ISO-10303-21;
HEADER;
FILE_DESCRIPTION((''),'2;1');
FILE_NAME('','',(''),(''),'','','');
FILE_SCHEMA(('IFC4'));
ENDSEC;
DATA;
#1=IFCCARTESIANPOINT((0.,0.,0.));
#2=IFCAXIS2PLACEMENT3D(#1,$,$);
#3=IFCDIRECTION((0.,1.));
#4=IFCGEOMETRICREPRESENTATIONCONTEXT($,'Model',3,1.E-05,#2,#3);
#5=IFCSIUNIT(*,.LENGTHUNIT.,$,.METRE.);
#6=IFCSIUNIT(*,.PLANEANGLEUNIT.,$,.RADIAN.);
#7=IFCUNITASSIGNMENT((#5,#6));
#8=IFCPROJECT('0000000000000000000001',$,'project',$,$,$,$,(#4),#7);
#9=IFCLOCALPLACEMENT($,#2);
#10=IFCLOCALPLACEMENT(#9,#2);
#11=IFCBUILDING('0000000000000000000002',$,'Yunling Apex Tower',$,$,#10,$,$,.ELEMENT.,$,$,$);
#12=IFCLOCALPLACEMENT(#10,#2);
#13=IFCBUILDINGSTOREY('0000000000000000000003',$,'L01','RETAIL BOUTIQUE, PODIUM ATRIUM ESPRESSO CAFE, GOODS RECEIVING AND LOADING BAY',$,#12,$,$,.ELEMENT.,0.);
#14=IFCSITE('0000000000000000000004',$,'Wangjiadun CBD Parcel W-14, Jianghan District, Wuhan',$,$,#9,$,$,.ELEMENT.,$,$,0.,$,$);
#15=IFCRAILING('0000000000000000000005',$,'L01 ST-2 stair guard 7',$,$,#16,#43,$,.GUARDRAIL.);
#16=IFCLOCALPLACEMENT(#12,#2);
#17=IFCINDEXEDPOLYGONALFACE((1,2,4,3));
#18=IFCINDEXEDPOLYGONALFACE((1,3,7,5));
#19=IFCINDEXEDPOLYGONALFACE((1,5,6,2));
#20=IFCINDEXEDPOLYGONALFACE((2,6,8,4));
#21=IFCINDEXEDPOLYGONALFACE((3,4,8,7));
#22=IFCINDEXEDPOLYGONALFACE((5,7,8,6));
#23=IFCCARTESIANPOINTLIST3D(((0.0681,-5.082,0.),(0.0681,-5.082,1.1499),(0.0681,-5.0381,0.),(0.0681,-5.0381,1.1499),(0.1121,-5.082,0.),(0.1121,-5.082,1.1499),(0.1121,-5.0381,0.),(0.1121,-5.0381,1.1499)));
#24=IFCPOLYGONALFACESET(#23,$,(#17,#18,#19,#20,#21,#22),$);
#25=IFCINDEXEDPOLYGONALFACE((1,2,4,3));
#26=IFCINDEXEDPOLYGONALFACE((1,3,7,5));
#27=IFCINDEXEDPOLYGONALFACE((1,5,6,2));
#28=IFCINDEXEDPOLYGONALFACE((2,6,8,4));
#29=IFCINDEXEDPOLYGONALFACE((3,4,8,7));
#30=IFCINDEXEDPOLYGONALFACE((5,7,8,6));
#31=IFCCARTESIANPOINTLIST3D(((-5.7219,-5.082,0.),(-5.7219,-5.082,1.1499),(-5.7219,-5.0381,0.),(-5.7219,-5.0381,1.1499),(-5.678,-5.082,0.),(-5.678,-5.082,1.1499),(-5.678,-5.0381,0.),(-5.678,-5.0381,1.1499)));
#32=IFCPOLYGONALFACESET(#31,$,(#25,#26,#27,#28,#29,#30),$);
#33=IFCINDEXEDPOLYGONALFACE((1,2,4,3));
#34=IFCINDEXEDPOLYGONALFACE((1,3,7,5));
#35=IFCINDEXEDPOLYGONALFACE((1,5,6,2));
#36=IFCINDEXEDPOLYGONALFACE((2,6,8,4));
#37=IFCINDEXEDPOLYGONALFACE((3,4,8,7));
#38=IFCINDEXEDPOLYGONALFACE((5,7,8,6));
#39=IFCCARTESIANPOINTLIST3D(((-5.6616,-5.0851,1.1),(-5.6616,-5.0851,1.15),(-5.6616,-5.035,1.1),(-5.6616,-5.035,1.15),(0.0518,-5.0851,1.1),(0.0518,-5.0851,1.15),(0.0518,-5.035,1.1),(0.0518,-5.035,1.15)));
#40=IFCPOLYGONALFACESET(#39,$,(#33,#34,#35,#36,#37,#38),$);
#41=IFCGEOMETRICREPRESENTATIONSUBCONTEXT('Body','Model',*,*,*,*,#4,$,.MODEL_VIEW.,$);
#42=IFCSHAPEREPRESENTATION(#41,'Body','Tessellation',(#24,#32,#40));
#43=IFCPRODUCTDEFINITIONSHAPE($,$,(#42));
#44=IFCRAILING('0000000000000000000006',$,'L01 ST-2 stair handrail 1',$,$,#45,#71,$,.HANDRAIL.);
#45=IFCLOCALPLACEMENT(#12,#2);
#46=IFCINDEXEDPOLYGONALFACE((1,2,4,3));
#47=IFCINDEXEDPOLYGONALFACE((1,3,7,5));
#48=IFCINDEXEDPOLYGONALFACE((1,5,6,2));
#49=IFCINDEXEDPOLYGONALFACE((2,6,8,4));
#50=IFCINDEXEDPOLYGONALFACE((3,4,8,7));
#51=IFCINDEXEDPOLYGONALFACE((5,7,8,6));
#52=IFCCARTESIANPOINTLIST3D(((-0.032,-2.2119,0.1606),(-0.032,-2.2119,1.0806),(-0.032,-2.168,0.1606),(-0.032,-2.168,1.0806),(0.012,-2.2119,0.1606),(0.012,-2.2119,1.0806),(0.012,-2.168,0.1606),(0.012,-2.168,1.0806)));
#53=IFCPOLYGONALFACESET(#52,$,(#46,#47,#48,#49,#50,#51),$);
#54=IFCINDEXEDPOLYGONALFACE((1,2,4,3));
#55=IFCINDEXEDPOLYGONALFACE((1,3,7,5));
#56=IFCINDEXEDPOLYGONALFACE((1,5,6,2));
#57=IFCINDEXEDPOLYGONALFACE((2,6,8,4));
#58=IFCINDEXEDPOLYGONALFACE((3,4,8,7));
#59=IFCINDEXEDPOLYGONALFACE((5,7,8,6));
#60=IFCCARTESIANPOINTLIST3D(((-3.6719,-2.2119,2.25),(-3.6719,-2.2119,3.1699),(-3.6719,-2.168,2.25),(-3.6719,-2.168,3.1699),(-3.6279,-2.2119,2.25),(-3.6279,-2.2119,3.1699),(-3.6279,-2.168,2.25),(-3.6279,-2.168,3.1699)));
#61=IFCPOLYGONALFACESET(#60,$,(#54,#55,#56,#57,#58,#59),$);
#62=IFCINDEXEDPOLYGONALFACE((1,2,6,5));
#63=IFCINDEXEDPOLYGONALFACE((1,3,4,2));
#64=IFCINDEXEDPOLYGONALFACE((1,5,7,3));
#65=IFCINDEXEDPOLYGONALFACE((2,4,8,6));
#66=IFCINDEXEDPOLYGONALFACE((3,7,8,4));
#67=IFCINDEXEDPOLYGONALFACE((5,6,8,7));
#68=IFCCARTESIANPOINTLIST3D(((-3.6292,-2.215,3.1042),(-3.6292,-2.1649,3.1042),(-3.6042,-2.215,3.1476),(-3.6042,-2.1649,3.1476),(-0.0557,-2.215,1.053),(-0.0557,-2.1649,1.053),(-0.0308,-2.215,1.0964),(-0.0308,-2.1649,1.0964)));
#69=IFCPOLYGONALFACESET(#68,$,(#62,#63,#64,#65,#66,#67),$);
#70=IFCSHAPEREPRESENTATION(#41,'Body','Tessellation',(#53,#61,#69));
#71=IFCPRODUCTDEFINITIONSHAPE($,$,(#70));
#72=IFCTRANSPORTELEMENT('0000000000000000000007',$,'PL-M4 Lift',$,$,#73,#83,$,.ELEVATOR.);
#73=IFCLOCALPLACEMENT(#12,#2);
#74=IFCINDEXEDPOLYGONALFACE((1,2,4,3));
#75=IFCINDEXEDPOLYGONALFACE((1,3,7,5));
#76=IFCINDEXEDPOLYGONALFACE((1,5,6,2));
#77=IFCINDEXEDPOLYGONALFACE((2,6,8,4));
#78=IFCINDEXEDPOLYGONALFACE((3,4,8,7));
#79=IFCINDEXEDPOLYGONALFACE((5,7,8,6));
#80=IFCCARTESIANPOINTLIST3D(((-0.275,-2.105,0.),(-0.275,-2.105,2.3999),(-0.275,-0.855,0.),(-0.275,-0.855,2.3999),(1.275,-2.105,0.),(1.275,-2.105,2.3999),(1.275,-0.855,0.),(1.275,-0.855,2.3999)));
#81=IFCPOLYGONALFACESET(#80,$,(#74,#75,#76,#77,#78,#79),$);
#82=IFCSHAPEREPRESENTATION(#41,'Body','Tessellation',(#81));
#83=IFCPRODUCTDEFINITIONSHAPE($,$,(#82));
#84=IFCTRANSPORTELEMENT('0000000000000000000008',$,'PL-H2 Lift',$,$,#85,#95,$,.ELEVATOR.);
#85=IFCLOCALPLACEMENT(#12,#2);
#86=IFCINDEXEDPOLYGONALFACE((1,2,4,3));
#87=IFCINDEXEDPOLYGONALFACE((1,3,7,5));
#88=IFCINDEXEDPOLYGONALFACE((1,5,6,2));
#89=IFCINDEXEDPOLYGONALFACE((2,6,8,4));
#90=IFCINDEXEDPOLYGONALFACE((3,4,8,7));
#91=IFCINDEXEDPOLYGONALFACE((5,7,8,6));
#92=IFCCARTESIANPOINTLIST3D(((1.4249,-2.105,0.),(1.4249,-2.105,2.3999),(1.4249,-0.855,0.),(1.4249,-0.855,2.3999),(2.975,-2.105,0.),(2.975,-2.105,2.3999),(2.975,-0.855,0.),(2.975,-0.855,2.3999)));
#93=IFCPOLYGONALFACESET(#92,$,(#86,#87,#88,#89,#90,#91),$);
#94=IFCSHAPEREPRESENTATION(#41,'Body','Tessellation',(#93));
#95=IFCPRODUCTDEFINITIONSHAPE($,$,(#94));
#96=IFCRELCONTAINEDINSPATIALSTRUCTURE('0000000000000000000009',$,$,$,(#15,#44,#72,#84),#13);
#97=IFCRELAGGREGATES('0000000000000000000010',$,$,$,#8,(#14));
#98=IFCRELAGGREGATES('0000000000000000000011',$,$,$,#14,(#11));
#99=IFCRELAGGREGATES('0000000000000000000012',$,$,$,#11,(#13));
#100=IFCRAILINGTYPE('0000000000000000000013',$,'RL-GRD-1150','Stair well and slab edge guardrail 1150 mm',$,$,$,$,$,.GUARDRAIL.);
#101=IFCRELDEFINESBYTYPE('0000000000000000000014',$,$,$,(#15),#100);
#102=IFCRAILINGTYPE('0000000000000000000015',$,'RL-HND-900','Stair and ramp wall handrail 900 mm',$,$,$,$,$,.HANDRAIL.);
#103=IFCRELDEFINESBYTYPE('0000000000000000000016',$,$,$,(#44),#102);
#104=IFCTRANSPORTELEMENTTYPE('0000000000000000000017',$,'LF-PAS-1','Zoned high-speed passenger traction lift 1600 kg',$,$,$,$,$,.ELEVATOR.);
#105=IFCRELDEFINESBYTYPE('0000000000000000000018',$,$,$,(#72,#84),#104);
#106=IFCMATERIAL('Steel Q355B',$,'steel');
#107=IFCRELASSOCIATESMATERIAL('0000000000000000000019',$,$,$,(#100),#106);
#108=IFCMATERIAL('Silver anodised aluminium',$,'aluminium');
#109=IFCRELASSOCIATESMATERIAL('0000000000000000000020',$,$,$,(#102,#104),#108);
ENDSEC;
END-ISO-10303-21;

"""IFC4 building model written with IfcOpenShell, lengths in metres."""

from ifc_helpers import new_model, si_unit, direction, frame, origin, origin_2d, place, context, subcontext, project, spatial, rectangle, extrude, source, transform, mapped, material, type_object, element, save


model = new_model("IFC4")

# Units and contexts
model_context = context("Model", 3, precision=1e-05, world=origin(), true_north=direction((0.0, 1.0)))
body_context = subcontext(model_context, "Body", "Model", "MODEL_VIEW")
ifc_project = project(units=[si_unit("LENGTHUNIT", "METRE"), si_unit("PLANEANGLEUNIT", "RADIAN")], contexts=[model_context])

# Site, building, storey
site_placement = place(None, origin())
site = spatial("IfcSite", under=ifc_project, at=site_placement, Name="Wangjiadun CBD Parcel W-14, Jianghan District, Wuhan", CompositionType="ELEMENT", RefElevation=0.0)
building_placement = place(site_placement, origin())
building = spatial("IfcBuilding", under=site, at=building_placement, Name="Yunling Apex Tower", CompositionType="ELEMENT")
storey_placement = place(building_placement, origin())
storey = spatial("IfcBuildingStorey", under=building, at=storey_placement, Name="L01", Description="RETAIL BOUTIQUE, PODIUM ATRIUM ESPRESSO CAFE, GOODS RECEIVING AND LOADING BAY", CompositionType="ELEMENT", Elevation=0.0)

# Shared definitions
ifc_material_1 = material(Name="Steel Q355B", Category="steel")

# Railings
railing_type_1 = type_object("IfcRailingType", Name="RL-GRD-1150", Description="Stair well and slab edge guardrail 1150 mm", PredefinedType="GUARDRAIL", material=ifc_material_1)
railing_1_placement = place(storey_placement, frame((0.0901, -5.0601, 0.0)))
element("IfcRailing", 1, at=railing_1_placement, inside=storey, type_object=railing_type_1, Name="L01 ST-2 stair guard 7", PredefinedType="GUARDRAIL", context=body_context, shape_type="SweptSolid", body=[
    extrude(rectangle(XDim=0.0439, YDim=0.0439, at=origin_2d()), origin(), (0.0, 0.0, 1.0), 1.1499),
    extrude(rectangle(XDim=0.0439, YDim=0.0439, at=origin_2d()), frame((-5.79, 0.0, 0.0)), (0.0, 0.0, 1.0), 1.1499),
    extrude(rectangle(XDim=0.05, YDim=0.05, at=origin_2d()), frame((-0.0383, 0.0, 1.125), z_axis=(-1.0, 0.0, 0.0), x_axis=(0.0, -1.0, 0.0)), (0.0, 0.0, 1.0), 5.7134),
])
ifc_material_2 = material(Name="Silver anodised aluminium", Category="aluminium")
railing_type_2 = type_object("IfcRailingType", Name="RL-HND-900", Description="Stair and ramp wall handrail 900 mm", PredefinedType="HANDRAIL", material=ifc_material_2)
railing_2_placement = place(storey_placement, frame((-0.01, -2.1899, 0.1606)))
element("IfcRailing", 2, at=railing_2_placement, inside=storey, type_object=railing_type_2, Name="L01 ST-2 stair handrail 1", PredefinedType="HANDRAIL", context=body_context, shape_type="SweptSolid", body=[
    extrude(rectangle(XDim=0.0439, YDim=0.0439, at=origin_2d()), origin(), (0.0, 0.0, 1.0), 0.9199),
    extrude(rectangle(XDim=0.0439, YDim=0.0439, at=origin_2d()), frame((-3.6399, 0.0, 2.0894)), (0.0, 0.0, 1.0), 0.9199),
    extrude(rectangle(XDim=0.05, YDim=0.05, at=origin_2d()), frame((-0.0332, 0.0, 0.9141), z_axis=(-0.867275, 0.0, 0.497829), x_axis=(0.0, -1.0, 0.0)), (0.0, 0.0, 1.0), 4.1204),
])

# Transport elements
transport_element_type = type_object("IfcTransportElementType", Name="LF-PAS-1", Description="Zoned high-speed passenger traction lift 1600 kg", PredefinedType="ELEVATOR", material=ifc_material_2)
shared_shape_1 = source(origin(), body_context, "Body", "SweptSolid", [
    extrude(rectangle(XDim=1.55, YDim=1.25, at=origin_2d()), origin(), (0.0, 0.0, 1.0), 2.3999),
])
for number, where, z_axis, x_axis, name in (
    (3, (0.5, -1.48, 0.0), (0.0, 0.0, 1.0), (1.0, 0.0, 0.0), "PL-M4 Lift"),
    (4, (2.2, -1.48, 0.0), (0.0, 0.0, 1.0), (1.0, 0.0, 0.0), "PL-H2 Lift"),
):
    element("IfcTransportElement", number, at=place(storey_placement, frame(where, z_axis=z_axis, x_axis=x_axis)), inside=storey, type_object=transport_element_type, Name=name, PredefinedType="ELEVATOR", context=body_context, shape_type="MappedRepresentation", body=[
        mapped(shared_shape_1, transform((0.0, 0.0, 0.0), scale=1.0)),
    ])

save(model, "model.ifc")
